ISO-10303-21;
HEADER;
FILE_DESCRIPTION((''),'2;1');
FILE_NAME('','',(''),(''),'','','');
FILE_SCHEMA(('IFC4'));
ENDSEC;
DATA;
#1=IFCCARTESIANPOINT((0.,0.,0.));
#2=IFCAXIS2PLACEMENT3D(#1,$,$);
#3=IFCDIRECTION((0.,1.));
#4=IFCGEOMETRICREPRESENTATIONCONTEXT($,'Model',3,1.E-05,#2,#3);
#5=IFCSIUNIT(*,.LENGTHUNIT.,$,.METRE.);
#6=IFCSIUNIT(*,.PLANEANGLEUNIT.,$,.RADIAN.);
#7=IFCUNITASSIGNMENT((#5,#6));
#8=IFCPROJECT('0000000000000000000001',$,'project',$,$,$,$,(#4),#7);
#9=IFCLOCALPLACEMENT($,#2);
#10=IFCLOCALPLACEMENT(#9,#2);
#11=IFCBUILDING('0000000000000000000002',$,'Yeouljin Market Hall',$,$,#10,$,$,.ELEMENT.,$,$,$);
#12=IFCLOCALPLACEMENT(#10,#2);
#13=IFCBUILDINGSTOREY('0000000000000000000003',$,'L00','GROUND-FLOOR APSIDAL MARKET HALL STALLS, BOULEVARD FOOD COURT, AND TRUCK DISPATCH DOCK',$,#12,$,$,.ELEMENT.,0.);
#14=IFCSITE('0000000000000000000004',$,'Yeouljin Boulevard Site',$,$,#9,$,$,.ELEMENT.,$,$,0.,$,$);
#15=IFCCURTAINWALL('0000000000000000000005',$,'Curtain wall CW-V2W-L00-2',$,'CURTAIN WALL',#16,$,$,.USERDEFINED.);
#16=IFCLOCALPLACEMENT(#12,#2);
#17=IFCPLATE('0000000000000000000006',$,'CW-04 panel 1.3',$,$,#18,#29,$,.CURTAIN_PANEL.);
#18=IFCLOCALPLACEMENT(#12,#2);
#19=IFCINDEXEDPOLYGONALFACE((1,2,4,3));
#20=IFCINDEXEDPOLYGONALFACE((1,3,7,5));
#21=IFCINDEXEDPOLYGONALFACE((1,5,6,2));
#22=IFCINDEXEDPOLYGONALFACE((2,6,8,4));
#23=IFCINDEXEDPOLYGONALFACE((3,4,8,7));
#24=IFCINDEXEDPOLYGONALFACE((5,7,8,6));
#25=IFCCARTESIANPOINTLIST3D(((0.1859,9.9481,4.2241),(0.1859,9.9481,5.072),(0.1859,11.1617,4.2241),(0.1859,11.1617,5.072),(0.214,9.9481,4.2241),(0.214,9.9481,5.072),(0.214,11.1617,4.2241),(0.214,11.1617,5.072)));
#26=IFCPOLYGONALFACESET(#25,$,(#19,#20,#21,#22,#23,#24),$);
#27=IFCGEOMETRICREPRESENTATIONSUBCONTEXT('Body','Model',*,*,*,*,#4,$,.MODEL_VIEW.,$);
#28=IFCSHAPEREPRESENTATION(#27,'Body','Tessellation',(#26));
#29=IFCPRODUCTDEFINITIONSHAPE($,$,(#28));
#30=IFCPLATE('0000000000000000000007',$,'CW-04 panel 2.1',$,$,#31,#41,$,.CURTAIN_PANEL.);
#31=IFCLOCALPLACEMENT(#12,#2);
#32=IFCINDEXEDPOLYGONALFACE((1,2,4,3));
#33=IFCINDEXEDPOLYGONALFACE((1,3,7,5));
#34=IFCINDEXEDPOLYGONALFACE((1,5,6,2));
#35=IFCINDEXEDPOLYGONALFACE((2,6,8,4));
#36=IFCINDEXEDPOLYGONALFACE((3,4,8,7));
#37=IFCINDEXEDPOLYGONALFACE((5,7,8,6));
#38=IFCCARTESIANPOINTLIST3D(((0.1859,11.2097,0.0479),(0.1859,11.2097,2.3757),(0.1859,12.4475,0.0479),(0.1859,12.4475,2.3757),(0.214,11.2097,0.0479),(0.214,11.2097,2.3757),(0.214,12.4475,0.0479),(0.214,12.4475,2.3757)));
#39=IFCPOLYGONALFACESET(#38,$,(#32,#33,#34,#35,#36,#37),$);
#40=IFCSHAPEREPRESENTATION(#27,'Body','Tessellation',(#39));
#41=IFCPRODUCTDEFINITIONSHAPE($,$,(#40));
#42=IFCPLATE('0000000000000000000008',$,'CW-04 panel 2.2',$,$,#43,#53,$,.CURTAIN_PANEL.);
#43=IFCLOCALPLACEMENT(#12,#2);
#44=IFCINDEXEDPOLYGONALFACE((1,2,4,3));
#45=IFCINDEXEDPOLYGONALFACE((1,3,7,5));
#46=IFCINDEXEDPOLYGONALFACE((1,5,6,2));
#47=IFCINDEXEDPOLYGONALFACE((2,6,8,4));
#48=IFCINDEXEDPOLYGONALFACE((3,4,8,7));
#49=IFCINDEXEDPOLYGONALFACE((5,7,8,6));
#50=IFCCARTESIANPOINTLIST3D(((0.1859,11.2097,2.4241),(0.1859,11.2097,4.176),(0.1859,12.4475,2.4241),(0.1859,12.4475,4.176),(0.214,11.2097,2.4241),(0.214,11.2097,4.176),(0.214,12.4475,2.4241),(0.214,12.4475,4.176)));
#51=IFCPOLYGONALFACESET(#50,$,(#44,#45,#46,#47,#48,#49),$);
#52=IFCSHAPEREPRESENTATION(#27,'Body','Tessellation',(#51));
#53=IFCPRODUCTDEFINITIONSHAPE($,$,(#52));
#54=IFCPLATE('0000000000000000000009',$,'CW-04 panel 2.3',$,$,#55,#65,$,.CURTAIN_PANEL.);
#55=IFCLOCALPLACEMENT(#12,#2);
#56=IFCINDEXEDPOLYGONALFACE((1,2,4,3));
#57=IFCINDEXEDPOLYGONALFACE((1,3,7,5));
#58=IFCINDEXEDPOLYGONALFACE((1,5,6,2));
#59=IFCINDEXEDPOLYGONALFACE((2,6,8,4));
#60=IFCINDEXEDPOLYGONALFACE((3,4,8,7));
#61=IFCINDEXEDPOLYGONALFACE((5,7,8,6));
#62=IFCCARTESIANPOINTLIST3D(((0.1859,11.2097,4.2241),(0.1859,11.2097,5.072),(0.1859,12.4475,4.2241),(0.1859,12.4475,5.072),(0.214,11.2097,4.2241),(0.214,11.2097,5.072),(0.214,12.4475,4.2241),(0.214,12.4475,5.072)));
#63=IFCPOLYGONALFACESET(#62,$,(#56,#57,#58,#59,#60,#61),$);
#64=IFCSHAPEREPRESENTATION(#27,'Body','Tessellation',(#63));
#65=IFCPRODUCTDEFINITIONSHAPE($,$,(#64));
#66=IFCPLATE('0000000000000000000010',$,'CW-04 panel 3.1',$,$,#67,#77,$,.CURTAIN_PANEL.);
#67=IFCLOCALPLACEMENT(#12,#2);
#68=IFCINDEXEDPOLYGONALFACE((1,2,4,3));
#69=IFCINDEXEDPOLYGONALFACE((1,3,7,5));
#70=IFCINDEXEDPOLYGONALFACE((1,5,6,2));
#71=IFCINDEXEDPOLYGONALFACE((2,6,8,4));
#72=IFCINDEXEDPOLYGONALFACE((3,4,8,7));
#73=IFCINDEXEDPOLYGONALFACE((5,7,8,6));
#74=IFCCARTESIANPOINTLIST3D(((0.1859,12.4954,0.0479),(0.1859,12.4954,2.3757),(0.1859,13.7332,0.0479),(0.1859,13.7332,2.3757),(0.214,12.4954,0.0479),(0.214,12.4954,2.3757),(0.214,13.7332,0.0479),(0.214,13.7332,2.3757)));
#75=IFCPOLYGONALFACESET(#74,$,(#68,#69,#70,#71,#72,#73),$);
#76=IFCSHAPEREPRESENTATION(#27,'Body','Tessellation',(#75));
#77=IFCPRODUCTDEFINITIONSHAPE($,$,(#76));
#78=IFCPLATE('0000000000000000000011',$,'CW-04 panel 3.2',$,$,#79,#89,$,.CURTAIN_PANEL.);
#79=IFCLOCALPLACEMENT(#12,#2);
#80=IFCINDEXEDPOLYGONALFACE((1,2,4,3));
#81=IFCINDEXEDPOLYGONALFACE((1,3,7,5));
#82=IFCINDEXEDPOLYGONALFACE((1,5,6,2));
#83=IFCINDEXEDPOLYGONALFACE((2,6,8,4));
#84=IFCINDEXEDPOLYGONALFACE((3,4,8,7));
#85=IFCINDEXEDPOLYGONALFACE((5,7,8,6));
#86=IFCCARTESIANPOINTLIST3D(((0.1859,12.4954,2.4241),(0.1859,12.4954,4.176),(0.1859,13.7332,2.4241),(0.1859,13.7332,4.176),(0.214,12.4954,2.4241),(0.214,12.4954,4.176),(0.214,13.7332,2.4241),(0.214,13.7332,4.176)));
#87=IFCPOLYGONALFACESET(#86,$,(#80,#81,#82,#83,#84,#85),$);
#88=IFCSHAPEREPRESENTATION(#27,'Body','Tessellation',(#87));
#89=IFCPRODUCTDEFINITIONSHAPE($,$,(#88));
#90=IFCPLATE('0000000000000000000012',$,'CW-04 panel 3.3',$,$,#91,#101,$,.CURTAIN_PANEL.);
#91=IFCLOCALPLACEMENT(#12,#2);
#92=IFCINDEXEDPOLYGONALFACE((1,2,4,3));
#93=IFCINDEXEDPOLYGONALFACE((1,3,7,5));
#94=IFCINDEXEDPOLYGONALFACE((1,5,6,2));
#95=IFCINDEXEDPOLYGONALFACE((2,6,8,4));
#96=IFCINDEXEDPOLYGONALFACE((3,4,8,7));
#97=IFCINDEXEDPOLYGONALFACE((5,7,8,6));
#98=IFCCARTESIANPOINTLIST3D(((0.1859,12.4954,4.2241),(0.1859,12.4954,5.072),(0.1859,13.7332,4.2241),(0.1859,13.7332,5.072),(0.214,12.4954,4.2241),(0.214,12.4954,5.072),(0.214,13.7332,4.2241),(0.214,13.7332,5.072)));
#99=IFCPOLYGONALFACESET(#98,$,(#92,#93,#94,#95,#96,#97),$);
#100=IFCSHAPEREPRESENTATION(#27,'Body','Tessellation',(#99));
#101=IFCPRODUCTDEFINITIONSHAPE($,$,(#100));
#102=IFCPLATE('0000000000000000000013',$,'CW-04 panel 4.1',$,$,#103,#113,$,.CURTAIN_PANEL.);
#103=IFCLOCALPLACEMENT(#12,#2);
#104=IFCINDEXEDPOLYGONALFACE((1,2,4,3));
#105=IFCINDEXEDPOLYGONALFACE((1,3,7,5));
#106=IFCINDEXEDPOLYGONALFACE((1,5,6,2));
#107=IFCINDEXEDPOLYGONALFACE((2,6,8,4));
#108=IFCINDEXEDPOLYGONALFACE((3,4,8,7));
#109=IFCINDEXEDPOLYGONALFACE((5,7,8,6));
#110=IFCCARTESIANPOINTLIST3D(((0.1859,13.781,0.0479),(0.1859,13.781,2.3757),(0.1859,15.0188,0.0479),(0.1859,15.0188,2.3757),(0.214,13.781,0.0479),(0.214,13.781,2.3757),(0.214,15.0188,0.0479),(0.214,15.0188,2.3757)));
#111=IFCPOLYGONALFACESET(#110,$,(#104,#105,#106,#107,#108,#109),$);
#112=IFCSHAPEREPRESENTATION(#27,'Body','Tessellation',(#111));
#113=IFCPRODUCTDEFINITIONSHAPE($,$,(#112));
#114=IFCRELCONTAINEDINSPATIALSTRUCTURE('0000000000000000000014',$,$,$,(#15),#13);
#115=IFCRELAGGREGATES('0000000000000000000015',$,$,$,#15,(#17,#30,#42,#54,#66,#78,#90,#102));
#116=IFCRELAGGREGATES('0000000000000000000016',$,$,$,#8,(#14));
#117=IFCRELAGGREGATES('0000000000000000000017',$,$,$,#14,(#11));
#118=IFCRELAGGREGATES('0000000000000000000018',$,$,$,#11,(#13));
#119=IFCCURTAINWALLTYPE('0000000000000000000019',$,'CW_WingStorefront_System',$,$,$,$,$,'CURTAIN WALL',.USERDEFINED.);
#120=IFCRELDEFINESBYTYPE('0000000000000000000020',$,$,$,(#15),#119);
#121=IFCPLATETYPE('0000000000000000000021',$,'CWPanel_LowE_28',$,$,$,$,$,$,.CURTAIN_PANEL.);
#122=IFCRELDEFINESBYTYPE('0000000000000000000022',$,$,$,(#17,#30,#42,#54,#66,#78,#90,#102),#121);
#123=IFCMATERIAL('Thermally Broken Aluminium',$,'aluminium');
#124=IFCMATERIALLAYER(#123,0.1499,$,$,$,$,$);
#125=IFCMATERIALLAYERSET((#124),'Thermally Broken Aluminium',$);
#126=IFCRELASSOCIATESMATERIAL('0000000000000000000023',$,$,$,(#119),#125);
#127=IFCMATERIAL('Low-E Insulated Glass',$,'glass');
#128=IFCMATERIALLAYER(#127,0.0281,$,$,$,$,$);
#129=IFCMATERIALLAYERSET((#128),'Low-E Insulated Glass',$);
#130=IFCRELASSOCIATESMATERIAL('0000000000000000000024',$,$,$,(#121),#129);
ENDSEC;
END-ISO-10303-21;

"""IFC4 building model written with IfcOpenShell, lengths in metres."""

from ifc_helpers import new_model, si_unit, direction, frame, origin, origin_2d, place, context, subcontext, project, spatial, rectangle, extrude, material, layer, layer_set, type_object, element, aggregate, save


model = new_model("IFC4")

# Units and contexts
model_context = context("Model", 3, precision=1e-05, world=origin(), true_north=direction((0.0, 1.0)))
body_context = subcontext(model_context, "Body", "Model", "MODEL_VIEW")
ifc_project = project(units=[si_unit("LENGTHUNIT", "METRE"), si_unit("PLANEANGLEUNIT", "RADIAN")], contexts=[model_context])

# Site, building, storey
site_placement = place(None, origin())
site = spatial("IfcSite", under=ifc_project, at=site_placement, Name="Yeouljin Boulevard Site", CompositionType="ELEMENT", RefElevation=0.0)
building_placement = place(site_placement, origin())
building = spatial("IfcBuilding", under=site, at=building_placement, Name="Yeouljin Market Hall", CompositionType="ELEMENT")
storey_placement = place(building_placement, origin())
storey = spatial("IfcBuildingStorey", under=building, at=storey_placement, Name="L00", Description="GROUND-FLOOR APSIDAL MARKET HALL STALLS, BOULEVARD FOOD COURT, AND TRUCK DISPATCH DOCK", CompositionType="ELEMENT", Elevation=0.0)

# Curtain wall, plates
ifc_material_1 = material(Name="Thermally Broken Aluminium", Category="aluminium")
ifc_layer_1 = layer(ifc_material_1, 0.1499)
ifc_layer_set_1 = layer_set([ifc_layer_1], Name="Thermally Broken Aluminium")
curtain_wall_type = type_object("IfcCurtainWallType", Name="CW_WingStorefront_System", ElementType="CURTAIN WALL", PredefinedType="USERDEFINED", material=ifc_layer_set_1)
curtain_wall_placement = place(storey_placement, origin())
curtain_wall = element("IfcCurtainWall", 1, at=curtain_wall_placement, inside=storey, type_object=curtain_wall_type, Name="Curtain wall CW-V2W-L00-2", ObjectType="CURTAIN WALL", PredefinedType="USERDEFINED")
ifc_material_2 = material(Name="Low-E Insulated Glass", Category="glass")
ifc_layer_2 = layer(ifc_material_2, 0.0281)
ifc_layer_set_2 = layer_set([ifc_layer_2], Name="Low-E Insulated Glass")
plate_type = type_object("IfcPlateType", Name="CWPanel_LowE_28", PredefinedType="CURTAIN_PANEL", material=ifc_layer_set_2)
plate_1_placement = place(storey_placement, frame((0.2, 10.5549, 4.2241), z_axis=(0.0, 0.0, 1.0), x_axis=(0.0, 1.0, 0.0)))
plate_1 = element("IfcPlate", 2, at=plate_1_placement, type_object=plate_type, Name="CW-04 panel 1.3", PredefinedType="CURTAIN_PANEL", context=body_context, shape_type="SweptSolid", body=[
    extrude(rectangle(XDim=1.2136, YDim=0.0281, at=origin_2d()), origin(), (0.0, 0.0, 1.0), 0.8479),
])
plate_2_placement = place(storey_placement, frame((0.2, 11.8286, 0.0479), z_axis=(0.0, 0.0, 1.0), x_axis=(0.0, 1.0, 0.0)))
plate_2 = element("IfcPlate", 3, at=plate_2_placement, type_object=plate_type, Name="CW-04 panel 2.1", PredefinedType="CURTAIN_PANEL", context=body_context, shape_type="SweptSolid", body=[
    extrude(rectangle(XDim=1.2378, YDim=0.0281, at=origin_2d()), origin(), (0.0, 0.0, 1.0), 2.3279),
])
plate_3_placement = place(storey_placement, frame((0.2, 11.8286, 2.4241), z_axis=(0.0, 0.0, 1.0), x_axis=(0.0, 1.0, 0.0)))
plate_3 = element("IfcPlate", 4, at=plate_3_placement, type_object=plate_type, Name="CW-04 panel 2.2", PredefinedType="CURTAIN_PANEL", context=body_context, shape_type="SweptSolid", body=[
    extrude(rectangle(XDim=1.2378, YDim=0.0281, at=origin_2d()), origin(), (0.0, 0.0, 1.0), 1.752),
])
plate_4_placement = place(storey_placement, frame((0.2, 11.8286, 4.2241), z_axis=(0.0, 0.0, 1.0), x_axis=(0.0, 1.0, 0.0)))
plate_4 = element("IfcPlate", 5, at=plate_4_placement, type_object=plate_type, Name="CW-04 panel 2.3", PredefinedType="CURTAIN_PANEL", context=body_context, shape_type="SweptSolid", body=[
    extrude(rectangle(XDim=1.2378, YDim=0.0281, at=origin_2d()), origin(), (0.0, 0.0, 1.0), 0.8479),
])
plate_5_placement = place(storey_placement, frame((0.2, 13.1143, 0.0479), z_axis=(0.0, 0.0, 1.0), x_axis=(0.0, 1.0, 0.0)))
plate_5 = element("IfcPlate", 6, at=plate_5_placement, type_object=plate_type, Name="CW-04 panel 3.1", PredefinedType="CURTAIN_PANEL", context=body_context, shape_type="SweptSolid", body=[
    extrude(rectangle(XDim=1.2378, YDim=0.0281, at=origin_2d()), origin(), (0.0, 0.0, 1.0), 2.3279),
])
plate_6_placement = place(storey_placement, frame((0.2, 13.1143, 2.4241), z_axis=(0.0, 0.0, 1.0), x_axis=(0.0, 1.0, 0.0)))
plate_6 = element("IfcPlate", 7, at=plate_6_placement, type_object=plate_type, Name="CW-04 panel 3.2", PredefinedType="CURTAIN_PANEL", context=body_context, shape_type="SweptSolid", body=[
    extrude(rectangle(XDim=1.2378, YDim=0.0281, at=origin_2d()), origin(), (0.0, 0.0, 1.0), 1.752),
])
plate_7_placement = place(storey_placement, frame((0.2, 13.1143, 4.2241), z_axis=(0.0, 0.0, 1.0), x_axis=(0.0, 1.0, 0.0)))
plate_7 = element("IfcPlate", 8, at=plate_7_placement, type_object=plate_type, Name="CW-04 panel 3.3", PredefinedType="CURTAIN_PANEL", context=body_context, shape_type="SweptSolid", body=[
    extrude(rectangle(XDim=1.2378, YDim=0.0281, at=origin_2d()), origin(), (0.0, 0.0, 1.0), 0.8479),
])
plate_8_placement = place(storey_placement, frame((0.2, 14.3999, 0.0479), z_axis=(0.0, 0.0, 1.0), x_axis=(0.0, 1.0, 0.0)))
plate_8 = element("IfcPlate", 9, at=plate_8_placement, type_object=plate_type, Name="CW-04 panel 4.1", PredefinedType="CURTAIN_PANEL", context=body_context, shape_type="SweptSolid", body=[
    extrude(rectangle(XDim=1.2378, YDim=0.0281, at=origin_2d()), origin(), (0.0, 0.0, 1.0), 2.3279),
])
aggregate(curtain_wall, [plate_1, plate_2, plate_3, plate_4, plate_5, plate_6, plate_7, plate_8])

save(model, "model.ifc")
